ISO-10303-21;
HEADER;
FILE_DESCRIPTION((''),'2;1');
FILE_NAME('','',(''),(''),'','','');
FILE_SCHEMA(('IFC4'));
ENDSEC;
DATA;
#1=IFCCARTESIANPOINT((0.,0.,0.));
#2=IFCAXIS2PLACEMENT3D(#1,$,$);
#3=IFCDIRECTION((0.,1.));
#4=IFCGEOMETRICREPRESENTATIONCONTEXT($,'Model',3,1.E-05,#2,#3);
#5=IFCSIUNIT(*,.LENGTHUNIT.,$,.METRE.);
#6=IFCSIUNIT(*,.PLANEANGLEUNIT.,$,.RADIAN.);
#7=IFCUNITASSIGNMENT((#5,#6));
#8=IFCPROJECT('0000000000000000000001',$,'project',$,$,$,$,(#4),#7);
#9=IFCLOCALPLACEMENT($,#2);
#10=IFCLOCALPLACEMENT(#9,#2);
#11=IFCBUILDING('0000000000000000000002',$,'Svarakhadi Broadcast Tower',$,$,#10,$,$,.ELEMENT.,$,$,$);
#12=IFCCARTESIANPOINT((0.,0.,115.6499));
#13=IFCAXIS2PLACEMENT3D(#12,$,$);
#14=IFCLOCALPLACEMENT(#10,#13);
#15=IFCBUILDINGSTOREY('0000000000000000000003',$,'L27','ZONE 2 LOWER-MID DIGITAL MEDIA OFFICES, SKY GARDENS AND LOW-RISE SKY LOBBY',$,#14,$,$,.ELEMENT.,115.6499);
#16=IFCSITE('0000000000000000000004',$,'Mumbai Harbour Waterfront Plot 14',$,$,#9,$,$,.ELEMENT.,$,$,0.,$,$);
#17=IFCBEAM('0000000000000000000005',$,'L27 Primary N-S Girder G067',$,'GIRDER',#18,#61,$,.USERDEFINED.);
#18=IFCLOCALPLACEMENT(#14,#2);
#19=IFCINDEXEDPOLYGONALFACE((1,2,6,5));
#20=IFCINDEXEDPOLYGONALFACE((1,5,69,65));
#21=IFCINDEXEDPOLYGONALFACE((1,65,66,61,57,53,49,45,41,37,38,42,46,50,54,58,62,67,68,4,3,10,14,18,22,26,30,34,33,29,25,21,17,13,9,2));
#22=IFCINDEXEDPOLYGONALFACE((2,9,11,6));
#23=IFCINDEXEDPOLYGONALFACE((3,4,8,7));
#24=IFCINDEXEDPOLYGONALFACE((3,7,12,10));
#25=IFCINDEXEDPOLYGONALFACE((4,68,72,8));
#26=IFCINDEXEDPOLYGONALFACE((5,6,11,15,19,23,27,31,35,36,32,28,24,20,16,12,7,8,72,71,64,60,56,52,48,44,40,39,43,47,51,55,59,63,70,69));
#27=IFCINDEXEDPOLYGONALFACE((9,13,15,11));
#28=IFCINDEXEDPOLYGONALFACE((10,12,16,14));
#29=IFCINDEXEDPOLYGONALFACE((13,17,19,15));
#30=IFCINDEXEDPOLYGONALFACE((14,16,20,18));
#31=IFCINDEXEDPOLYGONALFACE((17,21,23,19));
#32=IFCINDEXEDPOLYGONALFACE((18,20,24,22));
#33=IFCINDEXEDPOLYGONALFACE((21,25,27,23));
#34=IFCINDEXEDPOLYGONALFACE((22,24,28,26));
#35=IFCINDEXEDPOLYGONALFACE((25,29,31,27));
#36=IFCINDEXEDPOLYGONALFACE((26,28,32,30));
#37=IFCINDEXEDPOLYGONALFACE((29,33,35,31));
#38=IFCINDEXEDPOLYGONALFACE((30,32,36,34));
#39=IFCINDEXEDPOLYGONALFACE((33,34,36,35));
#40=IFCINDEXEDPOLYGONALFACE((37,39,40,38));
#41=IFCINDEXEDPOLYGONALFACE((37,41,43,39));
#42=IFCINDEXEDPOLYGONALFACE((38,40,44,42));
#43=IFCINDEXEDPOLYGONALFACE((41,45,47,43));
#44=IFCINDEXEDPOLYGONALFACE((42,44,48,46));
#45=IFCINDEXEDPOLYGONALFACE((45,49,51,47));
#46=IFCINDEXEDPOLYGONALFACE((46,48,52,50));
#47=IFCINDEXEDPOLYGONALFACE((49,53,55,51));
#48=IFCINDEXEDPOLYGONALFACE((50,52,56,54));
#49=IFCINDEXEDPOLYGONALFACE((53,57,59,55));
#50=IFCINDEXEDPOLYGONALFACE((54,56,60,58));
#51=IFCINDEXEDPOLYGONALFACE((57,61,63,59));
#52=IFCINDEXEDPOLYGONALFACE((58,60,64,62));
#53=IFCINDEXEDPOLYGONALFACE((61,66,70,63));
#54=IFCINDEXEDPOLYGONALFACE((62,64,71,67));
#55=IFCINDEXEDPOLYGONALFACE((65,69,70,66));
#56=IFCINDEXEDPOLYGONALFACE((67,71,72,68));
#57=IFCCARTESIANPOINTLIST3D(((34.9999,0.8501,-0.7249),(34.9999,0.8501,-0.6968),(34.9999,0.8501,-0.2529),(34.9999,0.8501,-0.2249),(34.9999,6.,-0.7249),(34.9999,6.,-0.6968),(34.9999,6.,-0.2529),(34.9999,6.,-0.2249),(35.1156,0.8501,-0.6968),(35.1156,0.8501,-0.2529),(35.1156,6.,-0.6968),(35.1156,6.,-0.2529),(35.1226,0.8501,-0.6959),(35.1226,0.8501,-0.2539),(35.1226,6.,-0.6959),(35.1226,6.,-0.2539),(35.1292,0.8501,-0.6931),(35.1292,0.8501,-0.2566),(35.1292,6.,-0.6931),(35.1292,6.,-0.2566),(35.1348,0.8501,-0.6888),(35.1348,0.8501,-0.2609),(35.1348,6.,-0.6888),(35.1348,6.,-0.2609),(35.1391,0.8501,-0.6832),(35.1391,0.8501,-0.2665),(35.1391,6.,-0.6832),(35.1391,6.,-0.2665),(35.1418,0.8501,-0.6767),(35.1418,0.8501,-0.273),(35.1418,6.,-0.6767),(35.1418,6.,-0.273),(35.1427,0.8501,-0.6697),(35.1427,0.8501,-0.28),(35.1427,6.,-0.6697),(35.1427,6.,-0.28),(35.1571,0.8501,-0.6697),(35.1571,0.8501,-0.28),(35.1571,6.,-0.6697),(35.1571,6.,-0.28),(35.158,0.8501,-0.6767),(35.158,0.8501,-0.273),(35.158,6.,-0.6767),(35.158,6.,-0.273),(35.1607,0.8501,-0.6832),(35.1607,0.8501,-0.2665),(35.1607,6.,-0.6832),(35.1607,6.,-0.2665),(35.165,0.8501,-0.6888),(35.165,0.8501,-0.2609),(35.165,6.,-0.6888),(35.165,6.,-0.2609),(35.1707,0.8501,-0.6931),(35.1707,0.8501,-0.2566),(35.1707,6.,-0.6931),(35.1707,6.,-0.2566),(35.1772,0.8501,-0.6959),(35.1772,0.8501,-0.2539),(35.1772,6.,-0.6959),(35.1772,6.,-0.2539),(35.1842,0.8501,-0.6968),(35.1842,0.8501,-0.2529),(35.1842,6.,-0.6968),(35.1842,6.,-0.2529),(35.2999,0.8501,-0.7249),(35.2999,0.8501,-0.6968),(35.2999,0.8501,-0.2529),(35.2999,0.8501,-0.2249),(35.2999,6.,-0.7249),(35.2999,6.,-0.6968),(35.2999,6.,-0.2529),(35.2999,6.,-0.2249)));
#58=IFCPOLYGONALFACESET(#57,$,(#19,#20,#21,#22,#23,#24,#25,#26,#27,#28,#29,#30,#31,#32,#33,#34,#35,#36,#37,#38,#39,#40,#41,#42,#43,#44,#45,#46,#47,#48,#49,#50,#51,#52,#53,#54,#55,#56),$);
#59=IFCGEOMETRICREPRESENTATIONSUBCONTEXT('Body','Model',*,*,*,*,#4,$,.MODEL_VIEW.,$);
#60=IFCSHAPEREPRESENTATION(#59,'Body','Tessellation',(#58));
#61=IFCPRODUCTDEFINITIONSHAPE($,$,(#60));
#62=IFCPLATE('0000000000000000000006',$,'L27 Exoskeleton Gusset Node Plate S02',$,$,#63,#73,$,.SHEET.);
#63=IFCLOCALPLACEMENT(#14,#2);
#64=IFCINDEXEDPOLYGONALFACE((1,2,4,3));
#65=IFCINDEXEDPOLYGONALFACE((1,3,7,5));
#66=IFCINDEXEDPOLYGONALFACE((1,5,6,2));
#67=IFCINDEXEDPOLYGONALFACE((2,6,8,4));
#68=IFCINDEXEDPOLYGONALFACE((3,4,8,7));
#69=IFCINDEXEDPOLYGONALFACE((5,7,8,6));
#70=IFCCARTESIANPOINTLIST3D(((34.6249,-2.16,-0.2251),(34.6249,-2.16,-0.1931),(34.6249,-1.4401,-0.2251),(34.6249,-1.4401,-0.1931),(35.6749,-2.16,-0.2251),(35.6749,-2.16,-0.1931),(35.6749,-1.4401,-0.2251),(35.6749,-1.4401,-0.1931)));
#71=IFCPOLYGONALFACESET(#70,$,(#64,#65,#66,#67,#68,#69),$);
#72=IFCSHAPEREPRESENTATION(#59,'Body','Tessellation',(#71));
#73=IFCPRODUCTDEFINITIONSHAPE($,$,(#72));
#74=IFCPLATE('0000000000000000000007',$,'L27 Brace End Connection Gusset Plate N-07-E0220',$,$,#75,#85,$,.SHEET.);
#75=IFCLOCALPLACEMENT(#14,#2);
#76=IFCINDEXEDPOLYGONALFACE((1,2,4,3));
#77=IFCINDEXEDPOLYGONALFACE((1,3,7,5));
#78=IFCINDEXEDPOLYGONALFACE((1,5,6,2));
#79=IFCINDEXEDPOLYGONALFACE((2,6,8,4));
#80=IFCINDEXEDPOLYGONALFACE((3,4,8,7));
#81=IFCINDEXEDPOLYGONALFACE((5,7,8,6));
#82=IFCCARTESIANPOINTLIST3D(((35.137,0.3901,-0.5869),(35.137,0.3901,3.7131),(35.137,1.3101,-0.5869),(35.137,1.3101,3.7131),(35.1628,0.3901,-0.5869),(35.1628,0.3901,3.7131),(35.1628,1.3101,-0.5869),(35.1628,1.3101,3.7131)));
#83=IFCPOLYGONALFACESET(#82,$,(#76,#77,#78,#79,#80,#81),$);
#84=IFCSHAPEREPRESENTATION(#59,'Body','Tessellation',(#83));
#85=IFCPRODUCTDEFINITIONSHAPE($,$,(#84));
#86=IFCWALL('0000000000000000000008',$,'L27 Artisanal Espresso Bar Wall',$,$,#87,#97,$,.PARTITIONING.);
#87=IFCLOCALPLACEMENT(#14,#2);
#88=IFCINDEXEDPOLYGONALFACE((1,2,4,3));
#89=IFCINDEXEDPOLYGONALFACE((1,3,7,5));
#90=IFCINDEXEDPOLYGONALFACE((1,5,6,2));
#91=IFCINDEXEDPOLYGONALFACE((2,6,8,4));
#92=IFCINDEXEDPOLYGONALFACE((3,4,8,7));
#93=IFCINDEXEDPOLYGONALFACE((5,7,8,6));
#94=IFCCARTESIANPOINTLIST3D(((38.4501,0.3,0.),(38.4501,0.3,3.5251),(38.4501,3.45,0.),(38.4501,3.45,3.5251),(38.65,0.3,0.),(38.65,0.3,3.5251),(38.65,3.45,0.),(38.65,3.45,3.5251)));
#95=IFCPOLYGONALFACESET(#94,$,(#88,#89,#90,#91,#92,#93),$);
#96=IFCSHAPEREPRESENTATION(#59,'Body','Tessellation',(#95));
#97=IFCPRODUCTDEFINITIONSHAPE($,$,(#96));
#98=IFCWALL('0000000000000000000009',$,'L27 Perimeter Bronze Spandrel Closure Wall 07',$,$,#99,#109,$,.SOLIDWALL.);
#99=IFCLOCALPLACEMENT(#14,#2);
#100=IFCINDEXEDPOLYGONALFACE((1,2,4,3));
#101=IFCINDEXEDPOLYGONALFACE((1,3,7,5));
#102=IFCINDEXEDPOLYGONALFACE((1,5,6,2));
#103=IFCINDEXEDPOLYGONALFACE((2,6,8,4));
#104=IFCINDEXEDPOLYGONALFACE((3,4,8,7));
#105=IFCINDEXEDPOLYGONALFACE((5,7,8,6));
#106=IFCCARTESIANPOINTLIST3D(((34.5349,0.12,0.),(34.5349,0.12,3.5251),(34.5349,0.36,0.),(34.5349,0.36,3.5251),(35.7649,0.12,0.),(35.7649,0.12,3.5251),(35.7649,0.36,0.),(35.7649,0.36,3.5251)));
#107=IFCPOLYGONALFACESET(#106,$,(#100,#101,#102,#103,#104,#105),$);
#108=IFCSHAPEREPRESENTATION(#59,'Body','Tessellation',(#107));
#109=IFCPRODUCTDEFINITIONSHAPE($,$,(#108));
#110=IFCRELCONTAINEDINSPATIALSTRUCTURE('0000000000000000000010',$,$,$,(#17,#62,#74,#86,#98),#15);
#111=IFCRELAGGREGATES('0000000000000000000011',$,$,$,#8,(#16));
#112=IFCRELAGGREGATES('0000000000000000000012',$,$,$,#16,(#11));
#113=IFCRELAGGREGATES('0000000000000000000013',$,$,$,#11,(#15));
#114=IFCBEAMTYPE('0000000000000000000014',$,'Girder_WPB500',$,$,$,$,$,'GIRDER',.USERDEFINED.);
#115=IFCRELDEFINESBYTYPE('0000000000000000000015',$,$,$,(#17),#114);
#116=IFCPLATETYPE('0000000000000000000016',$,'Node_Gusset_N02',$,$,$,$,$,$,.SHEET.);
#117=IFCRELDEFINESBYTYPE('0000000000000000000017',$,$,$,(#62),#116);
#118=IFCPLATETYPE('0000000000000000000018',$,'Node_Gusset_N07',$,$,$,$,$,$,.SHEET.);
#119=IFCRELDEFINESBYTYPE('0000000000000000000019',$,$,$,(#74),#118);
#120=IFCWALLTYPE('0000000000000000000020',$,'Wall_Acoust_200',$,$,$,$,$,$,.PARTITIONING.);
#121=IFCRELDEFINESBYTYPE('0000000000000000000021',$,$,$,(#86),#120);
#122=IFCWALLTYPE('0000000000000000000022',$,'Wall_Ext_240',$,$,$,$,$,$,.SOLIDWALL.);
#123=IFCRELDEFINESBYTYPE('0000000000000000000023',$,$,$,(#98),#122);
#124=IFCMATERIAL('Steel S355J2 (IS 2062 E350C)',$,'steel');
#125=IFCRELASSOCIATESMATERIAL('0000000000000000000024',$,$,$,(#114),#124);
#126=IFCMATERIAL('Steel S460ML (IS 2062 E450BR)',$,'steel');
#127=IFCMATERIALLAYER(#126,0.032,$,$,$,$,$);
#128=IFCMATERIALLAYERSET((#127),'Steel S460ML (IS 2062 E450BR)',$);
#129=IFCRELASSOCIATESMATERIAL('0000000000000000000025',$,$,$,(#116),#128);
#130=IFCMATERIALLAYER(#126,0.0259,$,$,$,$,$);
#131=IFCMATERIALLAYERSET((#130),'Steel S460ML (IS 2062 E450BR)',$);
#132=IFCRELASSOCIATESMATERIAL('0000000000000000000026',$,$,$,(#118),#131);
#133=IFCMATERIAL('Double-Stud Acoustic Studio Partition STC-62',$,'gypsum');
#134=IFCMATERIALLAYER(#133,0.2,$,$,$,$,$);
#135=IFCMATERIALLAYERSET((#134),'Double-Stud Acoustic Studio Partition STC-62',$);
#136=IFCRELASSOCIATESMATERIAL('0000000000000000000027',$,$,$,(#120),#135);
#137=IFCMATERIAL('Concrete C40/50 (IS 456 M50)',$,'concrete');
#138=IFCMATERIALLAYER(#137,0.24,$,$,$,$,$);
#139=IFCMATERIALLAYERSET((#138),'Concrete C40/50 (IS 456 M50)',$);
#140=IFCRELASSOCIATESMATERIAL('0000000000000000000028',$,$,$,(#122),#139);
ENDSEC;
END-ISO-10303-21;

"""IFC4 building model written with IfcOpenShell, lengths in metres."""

from ifc_helpers import new_model, si_unit, direction, frame, frame_2d, origin, origin_2d, place, context, subcontext, project, spatial, rectangle, i_section, extrude, material, layer, layer_set, material_profile, profile_set, type_object, element, save


model = new_model("IFC4")

# Units and contexts
model_context = context("Model", 3, precision=1e-05, world=origin(), true_north=direction((0.0, 1.0)))
body_context = subcontext(model_context, "Body", "Model", "MODEL_VIEW")
ifc_project = project(units=[si_unit("LENGTHUNIT", "METRE"), si_unit("PLANEANGLEUNIT", "RADIAN")], contexts=[model_context])

# Site, building, storey
site_placement = place(None, origin())
site = spatial("IfcSite", under=ifc_project, at=site_placement, Name="Mumbai Harbour Waterfront Plot 14", CompositionType="ELEMENT", RefElevation=0.0)
building_placement = place(site_placement, origin())
building = spatial("IfcBuilding", under=site, at=building_placement, Name="Svarakhadi Broadcast Tower", CompositionType="ELEMENT")
storey_placement = place(building_placement, frame((0.0, 0.0, 115.6499)))
storey = spatial("IfcBuildingStorey", under=building, at=storey_placement, Name="L27", Description="ZONE 2 LOWER-MID DIGITAL MEDIA OFFICES, SKY GARDENS AND LOW-RISE SKY LOBBY", CompositionType="ELEMENT", Elevation=115.6499)

# Shared definitions
ifc_material_1 = material(Name="Steel S460ML (IS 2062 E450BR)", Category="steel")

# Beam
ifc_material_2 = material(Name="Steel S355J2 (IS 2062 E350C)", Category="steel")
ifc_material_profile_1 = material_profile(ifc_material_2, i_section(OverallWidth=0.3, OverallDepth=0.5, WebThickness=0.0144, FlangeThickness=0.0281, FilletRadius=0.0271, at=origin_2d()), Name="WPB 500x300x187")
ifc_profile_set_1 = profile_set([ifc_material_profile_1], Name="Steel S355J2 (IS 2062 E350C)")
beam_type = type_object("IfcBeamType", Name="Girder_WPB500", ElementType="GIRDER", PredefinedType="USERDEFINED", material=ifc_profile_set_1)
beam_1_placement = place(storey_placement, frame((35.1499, 0.8501, -0.4749), z_axis=(0.0, 1.0, 0.0), x_axis=(-1.0, 0.0, 0.0)))
element("IfcBeam", 1, at=beam_1_placement, inside=storey, type_object=beam_type, Name="L27 Primary N-S Girder G067", ObjectType="GIRDER", PredefinedType="USERDEFINED", context=body_context, shape_type="SweptSolid", body=[
    extrude(i_section(OverallWidth=0.3, OverallDepth=0.5, WebThickness=0.0144, FlangeThickness=0.0281, FilletRadius=0.0271, at=origin_2d()), origin(), (0.0, 0.0, 1.0), 5.1499),
])

# Plates
ifc_layer_1 = layer(ifc_material_1, 0.032)
ifc_layer_set_1 = layer_set([ifc_layer_1], Name="Steel S460ML (IS 2062 E450BR)")
plate_type_1 = type_object("IfcPlateType", Name="Node_Gusset_N02", PredefinedType="SHEET", material=ifc_layer_set_1)
plate_1_placement = place(storey_placement, frame((35.1499, -1.8, -0.2251), z_axis=(0.0, 0.0, 1.0), x_axis=(1.0, 0.0, 0.0)))
element("IfcPlate", 2, at=plate_1_placement, inside=storey, type_object=plate_type_1, Name="L27 Exoskeleton Gusset Node Plate S02", PredefinedType="SHEET", context=body_context, shape_type="SweptSolid", body=[
    extrude(rectangle(XDim=1.05, YDim=0.72, at=origin_2d()), origin(), (0.0, 0.0, 1.0), 0.032),
])
ifc_layer_2 = layer(ifc_material_1, 0.0259)
ifc_layer_set_2 = layer_set([ifc_layer_2], Name="Steel S460ML (IS 2062 E450BR)")
plate_type_2 = type_object("IfcPlateType", Name="Node_Gusset_N07", PredefinedType="SHEET", material=ifc_layer_set_2)
plate_2_placement = place(storey_placement, frame((35.1499, 0.8501, -0.5869), z_axis=(0.0, 0.0, 1.0), x_axis=(0.0, 1.0, 0.0)))
element("IfcPlate", 3, at=plate_2_placement, inside=storey, type_object=plate_type_2, Name="L27 Brace End Connection Gusset Plate N-07-E0220", PredefinedType="SHEET", context=body_context, shape_type="SweptSolid", body=[
    extrude(rectangle(XDim=0.9199, YDim=0.0259, at=origin_2d()), origin(), (0.0, 0.0, 1.0), 4.3),
])

# Walls
ifc_material_3 = material(Name="Double-Stud Acoustic Studio Partition STC-62", Category="gypsum")
ifc_layer_3 = layer(ifc_material_3, 0.2)
ifc_layer_set_3 = layer_set([ifc_layer_3], Name="Double-Stud Acoustic Studio Partition STC-62")
wall_type_1 = type_object("IfcWallType", Name="Wall_Acoust_200", PredefinedType="PARTITIONING", material=ifc_layer_set_3)
wall_1_placement = place(storey_placement, frame((38.55, 0.3, 0.0), z_axis=(0.0, 0.0, 1.0), x_axis=(0.0, 1.0, 0.0)))
element("IfcWall", 4, at=wall_1_placement, inside=storey, type_object=wall_type_1, Name="L27 Artisanal Espresso Bar Wall", PredefinedType="PARTITIONING", context=body_context, shape_type="SweptSolid", body=[
    extrude(rectangle(XDim=3.1499, YDim=0.2, at=frame_2d((1.575, 0.0))), origin(), (0.0, 0.0, 1.0), 3.5251),
])
ifc_material_4 = material(Name="Concrete C40/50 (IS 456 M50)", Category="concrete")
ifc_layer_4 = layer(ifc_material_4, 0.24)
ifc_layer_set_4 = layer_set([ifc_layer_4], Name="Concrete C40/50 (IS 456 M50)")
wall_type_2 = type_object("IfcWallType", Name="Wall_Ext_240", PredefinedType="SOLIDWALL", material=ifc_layer_set_4)
wall_2_placement = place(storey_placement, frame((35.7649, 0.24, 0.0), z_axis=(0.0, 0.0, 1.0), x_axis=(-1.0, 0.0, 0.0)))
element("IfcWall", 5, at=wall_2_placement, inside=storey, type_object=wall_type_2, Name="L27 Perimeter Bronze Spandrel Closure Wall 07", PredefinedType="SOLIDWALL", context=body_context, shape_type="SweptSolid", body=[
    extrude(rectangle(XDim=1.23, YDim=0.24, at=frame_2d((0.615, 0.0))), origin(), (0.0, 0.0, 1.0), 3.5251),
])

save(model, "model.ifc")
